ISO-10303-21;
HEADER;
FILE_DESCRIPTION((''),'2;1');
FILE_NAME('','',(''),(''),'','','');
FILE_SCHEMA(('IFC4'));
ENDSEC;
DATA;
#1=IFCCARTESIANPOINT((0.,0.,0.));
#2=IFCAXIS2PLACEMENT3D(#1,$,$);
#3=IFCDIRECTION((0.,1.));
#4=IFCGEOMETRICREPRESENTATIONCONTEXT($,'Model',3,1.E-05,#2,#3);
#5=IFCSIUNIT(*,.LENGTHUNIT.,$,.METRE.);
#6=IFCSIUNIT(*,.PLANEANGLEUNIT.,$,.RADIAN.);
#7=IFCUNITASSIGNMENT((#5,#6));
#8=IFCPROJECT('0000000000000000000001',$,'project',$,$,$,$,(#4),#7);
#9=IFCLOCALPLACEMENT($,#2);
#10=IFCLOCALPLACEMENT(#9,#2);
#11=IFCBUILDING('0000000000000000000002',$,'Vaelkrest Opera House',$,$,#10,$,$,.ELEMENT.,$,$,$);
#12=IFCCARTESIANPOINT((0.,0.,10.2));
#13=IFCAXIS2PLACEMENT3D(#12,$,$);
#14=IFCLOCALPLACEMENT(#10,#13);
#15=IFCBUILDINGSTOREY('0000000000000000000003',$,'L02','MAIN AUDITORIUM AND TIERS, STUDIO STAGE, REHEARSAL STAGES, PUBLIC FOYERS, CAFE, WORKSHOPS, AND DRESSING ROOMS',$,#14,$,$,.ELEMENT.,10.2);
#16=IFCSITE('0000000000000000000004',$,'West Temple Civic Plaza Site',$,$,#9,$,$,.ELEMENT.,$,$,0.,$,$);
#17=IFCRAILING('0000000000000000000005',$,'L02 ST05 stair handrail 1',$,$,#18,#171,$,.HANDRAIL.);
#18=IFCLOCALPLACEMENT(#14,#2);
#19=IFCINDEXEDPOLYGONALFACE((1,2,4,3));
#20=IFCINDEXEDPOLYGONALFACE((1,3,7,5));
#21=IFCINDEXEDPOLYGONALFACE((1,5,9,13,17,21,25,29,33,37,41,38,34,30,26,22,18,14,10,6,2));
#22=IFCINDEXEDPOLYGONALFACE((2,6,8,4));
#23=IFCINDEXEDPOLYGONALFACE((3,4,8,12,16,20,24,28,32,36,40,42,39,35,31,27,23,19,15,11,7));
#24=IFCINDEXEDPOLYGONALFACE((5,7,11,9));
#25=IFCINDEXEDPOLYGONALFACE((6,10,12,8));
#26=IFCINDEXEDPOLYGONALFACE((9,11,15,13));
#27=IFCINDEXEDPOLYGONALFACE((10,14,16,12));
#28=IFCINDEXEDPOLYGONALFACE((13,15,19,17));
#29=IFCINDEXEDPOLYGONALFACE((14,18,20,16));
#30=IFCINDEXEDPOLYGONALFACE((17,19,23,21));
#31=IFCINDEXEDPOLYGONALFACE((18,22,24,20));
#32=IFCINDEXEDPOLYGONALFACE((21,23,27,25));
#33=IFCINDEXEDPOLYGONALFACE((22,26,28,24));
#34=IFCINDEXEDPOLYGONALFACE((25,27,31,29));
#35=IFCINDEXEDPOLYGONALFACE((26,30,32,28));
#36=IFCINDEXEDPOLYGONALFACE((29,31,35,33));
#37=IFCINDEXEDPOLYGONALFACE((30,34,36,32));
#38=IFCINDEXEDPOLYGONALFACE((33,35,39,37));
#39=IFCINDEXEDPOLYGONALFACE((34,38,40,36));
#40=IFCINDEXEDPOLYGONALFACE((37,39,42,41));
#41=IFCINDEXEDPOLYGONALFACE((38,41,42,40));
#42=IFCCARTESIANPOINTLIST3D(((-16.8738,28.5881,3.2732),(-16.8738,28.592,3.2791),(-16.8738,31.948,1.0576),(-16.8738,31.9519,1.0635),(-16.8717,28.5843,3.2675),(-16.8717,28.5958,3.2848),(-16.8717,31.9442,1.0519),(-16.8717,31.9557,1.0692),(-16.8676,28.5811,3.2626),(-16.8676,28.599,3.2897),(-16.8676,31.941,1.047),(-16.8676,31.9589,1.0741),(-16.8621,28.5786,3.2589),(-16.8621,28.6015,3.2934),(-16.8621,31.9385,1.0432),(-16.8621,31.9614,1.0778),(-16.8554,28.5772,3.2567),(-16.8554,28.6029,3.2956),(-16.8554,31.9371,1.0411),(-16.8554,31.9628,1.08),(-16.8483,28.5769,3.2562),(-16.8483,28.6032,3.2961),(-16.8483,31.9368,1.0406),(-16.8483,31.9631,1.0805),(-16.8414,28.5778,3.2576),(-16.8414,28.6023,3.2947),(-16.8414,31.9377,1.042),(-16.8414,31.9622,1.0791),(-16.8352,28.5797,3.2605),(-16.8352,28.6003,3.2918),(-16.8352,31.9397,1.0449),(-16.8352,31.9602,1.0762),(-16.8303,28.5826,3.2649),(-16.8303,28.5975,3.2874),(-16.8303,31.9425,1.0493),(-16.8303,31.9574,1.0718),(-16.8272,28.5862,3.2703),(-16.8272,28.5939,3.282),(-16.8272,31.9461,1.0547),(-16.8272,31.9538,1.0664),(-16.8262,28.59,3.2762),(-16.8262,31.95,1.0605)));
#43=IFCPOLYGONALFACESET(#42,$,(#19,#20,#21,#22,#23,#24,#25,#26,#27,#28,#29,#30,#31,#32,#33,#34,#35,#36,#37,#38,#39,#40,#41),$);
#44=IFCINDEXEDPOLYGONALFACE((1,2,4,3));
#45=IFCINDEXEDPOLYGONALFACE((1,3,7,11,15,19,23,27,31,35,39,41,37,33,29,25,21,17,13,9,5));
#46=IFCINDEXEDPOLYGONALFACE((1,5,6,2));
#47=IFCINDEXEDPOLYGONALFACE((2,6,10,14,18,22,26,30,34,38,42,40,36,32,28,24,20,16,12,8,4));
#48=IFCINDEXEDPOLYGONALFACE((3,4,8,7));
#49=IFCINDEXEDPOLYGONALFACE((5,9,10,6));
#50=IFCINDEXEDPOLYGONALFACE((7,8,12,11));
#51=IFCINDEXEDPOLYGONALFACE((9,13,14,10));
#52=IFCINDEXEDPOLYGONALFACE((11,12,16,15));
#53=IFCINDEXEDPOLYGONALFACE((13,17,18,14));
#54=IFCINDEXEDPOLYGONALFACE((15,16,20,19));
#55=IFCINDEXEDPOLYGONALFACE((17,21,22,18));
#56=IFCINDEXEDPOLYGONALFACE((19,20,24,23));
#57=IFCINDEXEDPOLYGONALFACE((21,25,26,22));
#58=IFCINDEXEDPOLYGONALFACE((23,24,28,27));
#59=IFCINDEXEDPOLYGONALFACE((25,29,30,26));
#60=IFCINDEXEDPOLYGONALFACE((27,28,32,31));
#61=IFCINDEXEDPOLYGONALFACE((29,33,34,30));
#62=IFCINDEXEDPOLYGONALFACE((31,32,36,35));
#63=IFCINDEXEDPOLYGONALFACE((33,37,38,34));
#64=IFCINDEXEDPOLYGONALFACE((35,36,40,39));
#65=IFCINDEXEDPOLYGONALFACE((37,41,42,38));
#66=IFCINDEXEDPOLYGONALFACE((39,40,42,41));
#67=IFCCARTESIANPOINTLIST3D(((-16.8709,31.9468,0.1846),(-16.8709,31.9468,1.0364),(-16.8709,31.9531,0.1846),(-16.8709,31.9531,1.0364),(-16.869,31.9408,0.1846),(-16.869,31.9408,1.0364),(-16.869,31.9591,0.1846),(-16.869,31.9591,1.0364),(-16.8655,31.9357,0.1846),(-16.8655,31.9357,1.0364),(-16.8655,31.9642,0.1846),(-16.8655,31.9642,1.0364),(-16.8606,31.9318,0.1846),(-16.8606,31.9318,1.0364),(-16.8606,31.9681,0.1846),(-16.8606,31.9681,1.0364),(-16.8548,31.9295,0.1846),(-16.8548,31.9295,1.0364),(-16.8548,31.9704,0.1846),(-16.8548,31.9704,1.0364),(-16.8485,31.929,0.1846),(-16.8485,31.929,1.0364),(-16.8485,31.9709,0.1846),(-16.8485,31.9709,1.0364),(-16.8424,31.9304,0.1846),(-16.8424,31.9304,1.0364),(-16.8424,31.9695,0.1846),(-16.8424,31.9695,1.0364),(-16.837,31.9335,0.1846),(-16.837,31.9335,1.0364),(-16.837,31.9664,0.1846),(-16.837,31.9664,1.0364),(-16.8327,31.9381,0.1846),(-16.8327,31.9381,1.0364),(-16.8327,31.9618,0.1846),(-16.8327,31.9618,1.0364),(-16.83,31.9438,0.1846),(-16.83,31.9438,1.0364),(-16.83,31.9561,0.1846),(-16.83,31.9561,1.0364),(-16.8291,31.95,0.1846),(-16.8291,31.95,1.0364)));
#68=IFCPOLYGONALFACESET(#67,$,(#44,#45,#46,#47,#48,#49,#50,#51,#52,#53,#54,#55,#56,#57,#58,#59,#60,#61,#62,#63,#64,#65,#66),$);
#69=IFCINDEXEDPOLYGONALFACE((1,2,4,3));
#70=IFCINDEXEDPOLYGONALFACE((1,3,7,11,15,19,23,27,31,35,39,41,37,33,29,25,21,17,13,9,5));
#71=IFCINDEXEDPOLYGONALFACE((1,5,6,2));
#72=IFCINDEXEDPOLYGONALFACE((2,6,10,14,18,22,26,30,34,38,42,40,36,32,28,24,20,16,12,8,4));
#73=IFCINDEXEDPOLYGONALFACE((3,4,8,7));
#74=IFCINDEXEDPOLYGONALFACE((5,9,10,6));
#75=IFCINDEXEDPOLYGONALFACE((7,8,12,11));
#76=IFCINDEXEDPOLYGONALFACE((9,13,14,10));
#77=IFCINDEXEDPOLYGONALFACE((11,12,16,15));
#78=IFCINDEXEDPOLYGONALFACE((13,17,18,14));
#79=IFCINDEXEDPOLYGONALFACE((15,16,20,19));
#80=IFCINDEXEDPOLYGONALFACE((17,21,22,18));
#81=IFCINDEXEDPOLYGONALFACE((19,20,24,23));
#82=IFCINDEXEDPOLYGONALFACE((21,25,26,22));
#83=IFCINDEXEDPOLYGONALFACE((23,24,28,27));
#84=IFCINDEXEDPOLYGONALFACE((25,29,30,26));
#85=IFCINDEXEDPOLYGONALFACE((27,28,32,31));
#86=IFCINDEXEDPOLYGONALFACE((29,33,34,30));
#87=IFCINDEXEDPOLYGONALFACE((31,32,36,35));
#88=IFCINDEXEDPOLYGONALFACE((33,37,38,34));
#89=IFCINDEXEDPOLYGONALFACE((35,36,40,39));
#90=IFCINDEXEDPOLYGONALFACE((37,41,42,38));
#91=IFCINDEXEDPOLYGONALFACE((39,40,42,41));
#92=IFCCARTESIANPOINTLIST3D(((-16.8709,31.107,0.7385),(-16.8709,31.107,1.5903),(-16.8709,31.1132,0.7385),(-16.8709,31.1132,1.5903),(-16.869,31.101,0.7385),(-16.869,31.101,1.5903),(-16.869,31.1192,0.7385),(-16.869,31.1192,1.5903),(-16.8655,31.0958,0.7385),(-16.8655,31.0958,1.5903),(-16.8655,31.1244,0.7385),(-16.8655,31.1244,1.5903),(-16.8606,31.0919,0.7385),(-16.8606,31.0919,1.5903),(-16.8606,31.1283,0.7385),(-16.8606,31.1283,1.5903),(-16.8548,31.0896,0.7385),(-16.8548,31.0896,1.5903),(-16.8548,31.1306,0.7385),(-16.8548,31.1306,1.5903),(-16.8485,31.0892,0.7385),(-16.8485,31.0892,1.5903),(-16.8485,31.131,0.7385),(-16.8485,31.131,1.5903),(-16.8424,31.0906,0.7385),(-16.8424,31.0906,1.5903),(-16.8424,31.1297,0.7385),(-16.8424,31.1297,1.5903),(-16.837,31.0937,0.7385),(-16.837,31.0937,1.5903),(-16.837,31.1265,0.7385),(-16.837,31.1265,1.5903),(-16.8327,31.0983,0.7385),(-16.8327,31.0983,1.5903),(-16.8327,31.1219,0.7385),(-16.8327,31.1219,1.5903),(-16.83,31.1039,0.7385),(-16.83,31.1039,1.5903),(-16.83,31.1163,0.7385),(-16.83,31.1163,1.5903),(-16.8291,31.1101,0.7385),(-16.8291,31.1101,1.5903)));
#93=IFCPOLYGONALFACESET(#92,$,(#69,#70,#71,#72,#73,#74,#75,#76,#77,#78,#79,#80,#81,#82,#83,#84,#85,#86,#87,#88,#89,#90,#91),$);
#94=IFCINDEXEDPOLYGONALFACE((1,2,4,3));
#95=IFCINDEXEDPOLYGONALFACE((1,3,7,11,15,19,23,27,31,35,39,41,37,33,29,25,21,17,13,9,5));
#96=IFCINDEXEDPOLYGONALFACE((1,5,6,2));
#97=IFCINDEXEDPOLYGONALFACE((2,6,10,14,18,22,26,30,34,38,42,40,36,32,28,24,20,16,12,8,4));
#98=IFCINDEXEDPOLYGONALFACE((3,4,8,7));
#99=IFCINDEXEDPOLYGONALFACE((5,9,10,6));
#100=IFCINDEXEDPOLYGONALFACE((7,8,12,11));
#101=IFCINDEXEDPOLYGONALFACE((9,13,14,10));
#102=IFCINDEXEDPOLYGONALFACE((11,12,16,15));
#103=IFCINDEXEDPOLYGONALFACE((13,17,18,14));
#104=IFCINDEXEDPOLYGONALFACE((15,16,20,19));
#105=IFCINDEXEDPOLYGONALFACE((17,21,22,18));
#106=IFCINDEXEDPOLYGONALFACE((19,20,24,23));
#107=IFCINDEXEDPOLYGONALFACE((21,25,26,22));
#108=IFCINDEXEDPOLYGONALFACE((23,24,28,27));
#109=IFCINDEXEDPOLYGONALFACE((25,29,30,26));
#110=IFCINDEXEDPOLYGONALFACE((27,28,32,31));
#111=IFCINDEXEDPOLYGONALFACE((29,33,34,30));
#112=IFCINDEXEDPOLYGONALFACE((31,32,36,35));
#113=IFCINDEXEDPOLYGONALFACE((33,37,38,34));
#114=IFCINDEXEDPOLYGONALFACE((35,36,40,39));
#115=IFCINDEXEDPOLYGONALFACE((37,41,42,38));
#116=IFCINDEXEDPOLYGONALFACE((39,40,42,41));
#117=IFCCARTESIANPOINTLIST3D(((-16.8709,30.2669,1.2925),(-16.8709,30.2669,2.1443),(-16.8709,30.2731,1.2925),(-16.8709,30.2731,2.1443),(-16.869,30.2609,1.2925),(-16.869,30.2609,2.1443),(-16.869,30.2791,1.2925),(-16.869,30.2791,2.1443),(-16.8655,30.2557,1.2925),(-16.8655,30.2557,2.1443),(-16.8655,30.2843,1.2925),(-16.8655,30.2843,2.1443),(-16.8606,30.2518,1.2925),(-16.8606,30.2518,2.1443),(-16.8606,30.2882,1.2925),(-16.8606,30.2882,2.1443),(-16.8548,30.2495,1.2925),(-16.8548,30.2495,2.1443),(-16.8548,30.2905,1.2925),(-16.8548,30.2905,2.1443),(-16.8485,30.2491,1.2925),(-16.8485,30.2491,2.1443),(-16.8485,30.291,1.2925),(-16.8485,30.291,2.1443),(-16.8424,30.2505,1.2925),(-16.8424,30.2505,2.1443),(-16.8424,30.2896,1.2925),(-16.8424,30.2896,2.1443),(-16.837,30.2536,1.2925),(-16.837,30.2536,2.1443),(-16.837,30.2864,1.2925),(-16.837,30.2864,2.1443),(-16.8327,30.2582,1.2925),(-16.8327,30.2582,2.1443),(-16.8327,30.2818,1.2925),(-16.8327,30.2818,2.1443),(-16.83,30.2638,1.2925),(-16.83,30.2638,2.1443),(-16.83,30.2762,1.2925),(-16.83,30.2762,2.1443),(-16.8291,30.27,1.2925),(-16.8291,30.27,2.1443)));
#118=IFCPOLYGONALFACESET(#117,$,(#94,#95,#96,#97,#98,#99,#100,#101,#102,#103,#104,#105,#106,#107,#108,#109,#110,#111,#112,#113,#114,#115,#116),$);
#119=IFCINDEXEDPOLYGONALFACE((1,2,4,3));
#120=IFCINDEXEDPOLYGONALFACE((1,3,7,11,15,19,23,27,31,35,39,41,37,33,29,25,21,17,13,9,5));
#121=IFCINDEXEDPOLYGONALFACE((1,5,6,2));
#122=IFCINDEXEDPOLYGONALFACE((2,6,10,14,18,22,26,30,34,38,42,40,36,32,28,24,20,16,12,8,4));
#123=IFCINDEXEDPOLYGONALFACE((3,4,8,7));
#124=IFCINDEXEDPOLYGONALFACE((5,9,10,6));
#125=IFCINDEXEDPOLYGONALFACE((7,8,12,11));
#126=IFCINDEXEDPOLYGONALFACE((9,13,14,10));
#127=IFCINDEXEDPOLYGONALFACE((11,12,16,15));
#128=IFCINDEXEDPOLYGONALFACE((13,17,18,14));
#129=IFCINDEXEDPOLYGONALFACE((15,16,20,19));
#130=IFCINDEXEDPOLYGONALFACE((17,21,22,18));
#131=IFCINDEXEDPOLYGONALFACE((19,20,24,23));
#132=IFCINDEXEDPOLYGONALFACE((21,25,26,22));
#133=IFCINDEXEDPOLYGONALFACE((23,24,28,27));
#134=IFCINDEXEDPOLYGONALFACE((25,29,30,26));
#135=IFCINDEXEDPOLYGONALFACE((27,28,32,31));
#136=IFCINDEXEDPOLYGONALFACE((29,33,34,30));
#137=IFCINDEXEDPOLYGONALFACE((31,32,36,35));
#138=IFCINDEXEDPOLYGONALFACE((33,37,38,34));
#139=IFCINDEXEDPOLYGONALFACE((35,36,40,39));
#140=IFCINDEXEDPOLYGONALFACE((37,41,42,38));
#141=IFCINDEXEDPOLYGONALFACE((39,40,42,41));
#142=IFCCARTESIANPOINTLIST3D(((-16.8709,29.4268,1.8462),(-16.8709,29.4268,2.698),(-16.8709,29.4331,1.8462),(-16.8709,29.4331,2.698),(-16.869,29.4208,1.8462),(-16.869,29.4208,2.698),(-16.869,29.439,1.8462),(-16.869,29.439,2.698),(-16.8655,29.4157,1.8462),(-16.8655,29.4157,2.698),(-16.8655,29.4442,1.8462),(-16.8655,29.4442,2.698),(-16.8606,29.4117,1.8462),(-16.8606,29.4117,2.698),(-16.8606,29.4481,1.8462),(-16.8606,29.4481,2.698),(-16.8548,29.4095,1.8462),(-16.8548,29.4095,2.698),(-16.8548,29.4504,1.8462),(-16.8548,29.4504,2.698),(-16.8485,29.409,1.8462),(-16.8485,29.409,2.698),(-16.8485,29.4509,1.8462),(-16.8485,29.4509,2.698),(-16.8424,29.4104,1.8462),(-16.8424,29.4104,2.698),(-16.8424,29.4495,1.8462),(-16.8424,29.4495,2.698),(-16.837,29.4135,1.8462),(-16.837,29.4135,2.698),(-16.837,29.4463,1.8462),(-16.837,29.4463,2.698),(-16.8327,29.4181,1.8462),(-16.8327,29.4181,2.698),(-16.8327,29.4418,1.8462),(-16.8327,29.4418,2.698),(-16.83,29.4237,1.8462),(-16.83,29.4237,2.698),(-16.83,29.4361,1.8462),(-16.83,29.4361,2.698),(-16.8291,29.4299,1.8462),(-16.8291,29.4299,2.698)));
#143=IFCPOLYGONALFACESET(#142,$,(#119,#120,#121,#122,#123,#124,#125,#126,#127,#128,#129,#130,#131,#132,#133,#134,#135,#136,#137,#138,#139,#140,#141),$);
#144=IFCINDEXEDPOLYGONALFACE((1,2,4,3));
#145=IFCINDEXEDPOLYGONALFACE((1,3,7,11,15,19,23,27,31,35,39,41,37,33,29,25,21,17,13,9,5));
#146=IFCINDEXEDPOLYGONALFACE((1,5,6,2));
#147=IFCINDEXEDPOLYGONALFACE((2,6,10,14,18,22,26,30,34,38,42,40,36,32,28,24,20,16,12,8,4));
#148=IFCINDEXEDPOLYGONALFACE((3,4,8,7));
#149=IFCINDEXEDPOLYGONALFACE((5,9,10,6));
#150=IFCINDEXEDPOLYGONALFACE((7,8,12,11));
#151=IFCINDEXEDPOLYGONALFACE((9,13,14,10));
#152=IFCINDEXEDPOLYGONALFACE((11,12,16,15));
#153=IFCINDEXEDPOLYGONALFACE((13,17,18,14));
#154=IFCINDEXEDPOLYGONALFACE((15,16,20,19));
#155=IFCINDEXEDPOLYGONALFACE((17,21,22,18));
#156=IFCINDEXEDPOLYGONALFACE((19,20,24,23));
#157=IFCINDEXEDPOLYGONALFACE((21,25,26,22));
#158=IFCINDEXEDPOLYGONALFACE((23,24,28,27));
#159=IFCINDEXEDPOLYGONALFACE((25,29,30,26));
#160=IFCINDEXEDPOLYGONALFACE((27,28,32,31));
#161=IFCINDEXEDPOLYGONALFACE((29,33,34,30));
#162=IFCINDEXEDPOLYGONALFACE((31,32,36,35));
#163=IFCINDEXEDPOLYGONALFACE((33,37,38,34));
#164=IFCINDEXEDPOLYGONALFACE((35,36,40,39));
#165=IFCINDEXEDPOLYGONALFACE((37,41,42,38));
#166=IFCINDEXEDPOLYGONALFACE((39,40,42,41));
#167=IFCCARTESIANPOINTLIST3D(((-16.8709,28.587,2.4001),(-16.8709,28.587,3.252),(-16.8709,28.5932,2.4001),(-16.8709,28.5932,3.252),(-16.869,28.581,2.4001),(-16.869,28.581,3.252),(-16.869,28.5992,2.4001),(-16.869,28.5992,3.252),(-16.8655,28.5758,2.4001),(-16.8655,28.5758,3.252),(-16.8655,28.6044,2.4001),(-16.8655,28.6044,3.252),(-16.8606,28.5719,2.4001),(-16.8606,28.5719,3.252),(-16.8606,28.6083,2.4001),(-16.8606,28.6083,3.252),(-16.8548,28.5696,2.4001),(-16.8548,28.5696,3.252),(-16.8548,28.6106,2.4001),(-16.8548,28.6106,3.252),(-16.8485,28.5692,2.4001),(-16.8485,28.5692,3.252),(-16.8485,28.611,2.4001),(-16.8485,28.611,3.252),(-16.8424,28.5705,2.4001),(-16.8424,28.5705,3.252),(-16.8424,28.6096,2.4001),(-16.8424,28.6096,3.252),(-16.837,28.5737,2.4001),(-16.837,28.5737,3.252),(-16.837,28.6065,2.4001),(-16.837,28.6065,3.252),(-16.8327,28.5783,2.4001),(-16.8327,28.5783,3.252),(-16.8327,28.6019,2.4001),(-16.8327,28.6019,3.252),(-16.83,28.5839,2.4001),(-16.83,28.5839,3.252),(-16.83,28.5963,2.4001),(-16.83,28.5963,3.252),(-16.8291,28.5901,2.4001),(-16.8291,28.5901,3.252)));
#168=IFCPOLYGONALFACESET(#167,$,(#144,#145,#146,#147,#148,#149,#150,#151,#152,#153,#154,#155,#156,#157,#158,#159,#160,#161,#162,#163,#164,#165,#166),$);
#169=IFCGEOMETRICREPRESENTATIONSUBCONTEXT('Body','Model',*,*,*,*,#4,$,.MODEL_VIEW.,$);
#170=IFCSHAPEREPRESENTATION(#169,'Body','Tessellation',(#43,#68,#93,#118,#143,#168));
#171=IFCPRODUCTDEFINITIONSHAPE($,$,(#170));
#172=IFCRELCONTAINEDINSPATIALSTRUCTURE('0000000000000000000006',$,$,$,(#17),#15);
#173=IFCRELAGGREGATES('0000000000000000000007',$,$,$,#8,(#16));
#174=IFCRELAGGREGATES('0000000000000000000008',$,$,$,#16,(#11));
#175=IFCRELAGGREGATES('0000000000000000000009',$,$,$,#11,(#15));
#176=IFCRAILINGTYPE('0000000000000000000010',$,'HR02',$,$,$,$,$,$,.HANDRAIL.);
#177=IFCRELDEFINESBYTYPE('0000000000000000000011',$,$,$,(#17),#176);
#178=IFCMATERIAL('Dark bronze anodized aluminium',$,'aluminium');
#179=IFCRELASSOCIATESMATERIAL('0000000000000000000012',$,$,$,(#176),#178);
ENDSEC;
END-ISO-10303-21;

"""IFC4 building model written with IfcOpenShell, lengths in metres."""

from ifc_helpers import new_model, si_unit, direction, frame, origin, origin_2d, place, context, subcontext, project, spatial, circle, extrude, material, type_object, element, save


model = new_model("IFC4")

# Units and contexts
model_context = context("Model", 3, precision=1e-05, world=origin(), true_north=direction((0.0, 1.0)))
body_context = subcontext(model_context, "Body", "Model", "MODEL_VIEW")
ifc_project = project(units=[si_unit("LENGTHUNIT", "METRE"), si_unit("PLANEANGLEUNIT", "RADIAN")], contexts=[model_context])

# Site, building, storey
site_placement = place(None, origin())
site = spatial("IfcSite", under=ifc_project, at=site_placement, Name="West Temple Civic Plaza Site", CompositionType="ELEMENT", RefElevation=0.0)
building_placement = place(site_placement, origin())
building = spatial("IfcBuilding", under=site, at=building_placement, Name="Vaelkrest Opera House", CompositionType="ELEMENT")
storey_placement = place(building_placement, frame((0.0, 0.0, 10.2)))
storey = spatial("IfcBuildingStorey", under=building, at=storey_placement, Name="L02", Description="MAIN AUDITORIUM AND TIERS, STUDIO STAGE, REHEARSAL STAGES, PUBLIC FOYERS, CAFE, WORKSHOPS, AND DRESSING ROOMS", CompositionType="ELEMENT", Elevation=10.2)

# Shared definitions
ifc_material_1 = material(Name="Dark bronze anodized aluminium", Category="aluminium")

# Railing
railing_type_1 = type_object("IfcRailingType", Name="HR02", PredefinedType="HANDRAIL", material=ifc_material_1)
railing_1_placement = place(storey_placement, frame((-16.8501, 31.95, 0.1846)))
element("IfcRailing", 1, at=railing_1_placement, inside=storey, type_object=railing_type_1, Name="L02 ST05 stair handrail 1", PredefinedType="HANDRAIL", context=body_context, shape_type="SweptSolid", body=[
    extrude(circle(Radius=0.0239, at=origin_2d()), frame((0.0, 0.0, 0.876), z_axis=(0.0, -0.83483, 0.550508), x_axis=(1.0, 0.0, 0.0)), (0.0, 0.0, 1.0), 4.0247),
    extrude(circle(Radius=0.021, at=origin_2d()), origin(), (0.0, 0.0, 1.0), 0.8518),
    extrude(circle(Radius=0.021, at=origin_2d()), frame((0.0, -0.8398, 0.554)), (0.0, 0.0, 1.0), 0.8518),
    extrude(circle(Radius=0.021, at=origin_2d()), frame((0.0, -1.6799, 1.1079)), (0.0, 0.0, 1.0), 0.8518),
    extrude(circle(Radius=0.021, at=origin_2d()), frame((0.0, -2.52, 1.6616)), (0.0, 0.0, 1.0), 0.8518),
    extrude(circle(Radius=0.021, at=origin_2d()), frame((0.0, -3.3599, 2.2156)), (0.0, 0.0, 1.0), 0.8518),
])

save(model, "model.ifc")
